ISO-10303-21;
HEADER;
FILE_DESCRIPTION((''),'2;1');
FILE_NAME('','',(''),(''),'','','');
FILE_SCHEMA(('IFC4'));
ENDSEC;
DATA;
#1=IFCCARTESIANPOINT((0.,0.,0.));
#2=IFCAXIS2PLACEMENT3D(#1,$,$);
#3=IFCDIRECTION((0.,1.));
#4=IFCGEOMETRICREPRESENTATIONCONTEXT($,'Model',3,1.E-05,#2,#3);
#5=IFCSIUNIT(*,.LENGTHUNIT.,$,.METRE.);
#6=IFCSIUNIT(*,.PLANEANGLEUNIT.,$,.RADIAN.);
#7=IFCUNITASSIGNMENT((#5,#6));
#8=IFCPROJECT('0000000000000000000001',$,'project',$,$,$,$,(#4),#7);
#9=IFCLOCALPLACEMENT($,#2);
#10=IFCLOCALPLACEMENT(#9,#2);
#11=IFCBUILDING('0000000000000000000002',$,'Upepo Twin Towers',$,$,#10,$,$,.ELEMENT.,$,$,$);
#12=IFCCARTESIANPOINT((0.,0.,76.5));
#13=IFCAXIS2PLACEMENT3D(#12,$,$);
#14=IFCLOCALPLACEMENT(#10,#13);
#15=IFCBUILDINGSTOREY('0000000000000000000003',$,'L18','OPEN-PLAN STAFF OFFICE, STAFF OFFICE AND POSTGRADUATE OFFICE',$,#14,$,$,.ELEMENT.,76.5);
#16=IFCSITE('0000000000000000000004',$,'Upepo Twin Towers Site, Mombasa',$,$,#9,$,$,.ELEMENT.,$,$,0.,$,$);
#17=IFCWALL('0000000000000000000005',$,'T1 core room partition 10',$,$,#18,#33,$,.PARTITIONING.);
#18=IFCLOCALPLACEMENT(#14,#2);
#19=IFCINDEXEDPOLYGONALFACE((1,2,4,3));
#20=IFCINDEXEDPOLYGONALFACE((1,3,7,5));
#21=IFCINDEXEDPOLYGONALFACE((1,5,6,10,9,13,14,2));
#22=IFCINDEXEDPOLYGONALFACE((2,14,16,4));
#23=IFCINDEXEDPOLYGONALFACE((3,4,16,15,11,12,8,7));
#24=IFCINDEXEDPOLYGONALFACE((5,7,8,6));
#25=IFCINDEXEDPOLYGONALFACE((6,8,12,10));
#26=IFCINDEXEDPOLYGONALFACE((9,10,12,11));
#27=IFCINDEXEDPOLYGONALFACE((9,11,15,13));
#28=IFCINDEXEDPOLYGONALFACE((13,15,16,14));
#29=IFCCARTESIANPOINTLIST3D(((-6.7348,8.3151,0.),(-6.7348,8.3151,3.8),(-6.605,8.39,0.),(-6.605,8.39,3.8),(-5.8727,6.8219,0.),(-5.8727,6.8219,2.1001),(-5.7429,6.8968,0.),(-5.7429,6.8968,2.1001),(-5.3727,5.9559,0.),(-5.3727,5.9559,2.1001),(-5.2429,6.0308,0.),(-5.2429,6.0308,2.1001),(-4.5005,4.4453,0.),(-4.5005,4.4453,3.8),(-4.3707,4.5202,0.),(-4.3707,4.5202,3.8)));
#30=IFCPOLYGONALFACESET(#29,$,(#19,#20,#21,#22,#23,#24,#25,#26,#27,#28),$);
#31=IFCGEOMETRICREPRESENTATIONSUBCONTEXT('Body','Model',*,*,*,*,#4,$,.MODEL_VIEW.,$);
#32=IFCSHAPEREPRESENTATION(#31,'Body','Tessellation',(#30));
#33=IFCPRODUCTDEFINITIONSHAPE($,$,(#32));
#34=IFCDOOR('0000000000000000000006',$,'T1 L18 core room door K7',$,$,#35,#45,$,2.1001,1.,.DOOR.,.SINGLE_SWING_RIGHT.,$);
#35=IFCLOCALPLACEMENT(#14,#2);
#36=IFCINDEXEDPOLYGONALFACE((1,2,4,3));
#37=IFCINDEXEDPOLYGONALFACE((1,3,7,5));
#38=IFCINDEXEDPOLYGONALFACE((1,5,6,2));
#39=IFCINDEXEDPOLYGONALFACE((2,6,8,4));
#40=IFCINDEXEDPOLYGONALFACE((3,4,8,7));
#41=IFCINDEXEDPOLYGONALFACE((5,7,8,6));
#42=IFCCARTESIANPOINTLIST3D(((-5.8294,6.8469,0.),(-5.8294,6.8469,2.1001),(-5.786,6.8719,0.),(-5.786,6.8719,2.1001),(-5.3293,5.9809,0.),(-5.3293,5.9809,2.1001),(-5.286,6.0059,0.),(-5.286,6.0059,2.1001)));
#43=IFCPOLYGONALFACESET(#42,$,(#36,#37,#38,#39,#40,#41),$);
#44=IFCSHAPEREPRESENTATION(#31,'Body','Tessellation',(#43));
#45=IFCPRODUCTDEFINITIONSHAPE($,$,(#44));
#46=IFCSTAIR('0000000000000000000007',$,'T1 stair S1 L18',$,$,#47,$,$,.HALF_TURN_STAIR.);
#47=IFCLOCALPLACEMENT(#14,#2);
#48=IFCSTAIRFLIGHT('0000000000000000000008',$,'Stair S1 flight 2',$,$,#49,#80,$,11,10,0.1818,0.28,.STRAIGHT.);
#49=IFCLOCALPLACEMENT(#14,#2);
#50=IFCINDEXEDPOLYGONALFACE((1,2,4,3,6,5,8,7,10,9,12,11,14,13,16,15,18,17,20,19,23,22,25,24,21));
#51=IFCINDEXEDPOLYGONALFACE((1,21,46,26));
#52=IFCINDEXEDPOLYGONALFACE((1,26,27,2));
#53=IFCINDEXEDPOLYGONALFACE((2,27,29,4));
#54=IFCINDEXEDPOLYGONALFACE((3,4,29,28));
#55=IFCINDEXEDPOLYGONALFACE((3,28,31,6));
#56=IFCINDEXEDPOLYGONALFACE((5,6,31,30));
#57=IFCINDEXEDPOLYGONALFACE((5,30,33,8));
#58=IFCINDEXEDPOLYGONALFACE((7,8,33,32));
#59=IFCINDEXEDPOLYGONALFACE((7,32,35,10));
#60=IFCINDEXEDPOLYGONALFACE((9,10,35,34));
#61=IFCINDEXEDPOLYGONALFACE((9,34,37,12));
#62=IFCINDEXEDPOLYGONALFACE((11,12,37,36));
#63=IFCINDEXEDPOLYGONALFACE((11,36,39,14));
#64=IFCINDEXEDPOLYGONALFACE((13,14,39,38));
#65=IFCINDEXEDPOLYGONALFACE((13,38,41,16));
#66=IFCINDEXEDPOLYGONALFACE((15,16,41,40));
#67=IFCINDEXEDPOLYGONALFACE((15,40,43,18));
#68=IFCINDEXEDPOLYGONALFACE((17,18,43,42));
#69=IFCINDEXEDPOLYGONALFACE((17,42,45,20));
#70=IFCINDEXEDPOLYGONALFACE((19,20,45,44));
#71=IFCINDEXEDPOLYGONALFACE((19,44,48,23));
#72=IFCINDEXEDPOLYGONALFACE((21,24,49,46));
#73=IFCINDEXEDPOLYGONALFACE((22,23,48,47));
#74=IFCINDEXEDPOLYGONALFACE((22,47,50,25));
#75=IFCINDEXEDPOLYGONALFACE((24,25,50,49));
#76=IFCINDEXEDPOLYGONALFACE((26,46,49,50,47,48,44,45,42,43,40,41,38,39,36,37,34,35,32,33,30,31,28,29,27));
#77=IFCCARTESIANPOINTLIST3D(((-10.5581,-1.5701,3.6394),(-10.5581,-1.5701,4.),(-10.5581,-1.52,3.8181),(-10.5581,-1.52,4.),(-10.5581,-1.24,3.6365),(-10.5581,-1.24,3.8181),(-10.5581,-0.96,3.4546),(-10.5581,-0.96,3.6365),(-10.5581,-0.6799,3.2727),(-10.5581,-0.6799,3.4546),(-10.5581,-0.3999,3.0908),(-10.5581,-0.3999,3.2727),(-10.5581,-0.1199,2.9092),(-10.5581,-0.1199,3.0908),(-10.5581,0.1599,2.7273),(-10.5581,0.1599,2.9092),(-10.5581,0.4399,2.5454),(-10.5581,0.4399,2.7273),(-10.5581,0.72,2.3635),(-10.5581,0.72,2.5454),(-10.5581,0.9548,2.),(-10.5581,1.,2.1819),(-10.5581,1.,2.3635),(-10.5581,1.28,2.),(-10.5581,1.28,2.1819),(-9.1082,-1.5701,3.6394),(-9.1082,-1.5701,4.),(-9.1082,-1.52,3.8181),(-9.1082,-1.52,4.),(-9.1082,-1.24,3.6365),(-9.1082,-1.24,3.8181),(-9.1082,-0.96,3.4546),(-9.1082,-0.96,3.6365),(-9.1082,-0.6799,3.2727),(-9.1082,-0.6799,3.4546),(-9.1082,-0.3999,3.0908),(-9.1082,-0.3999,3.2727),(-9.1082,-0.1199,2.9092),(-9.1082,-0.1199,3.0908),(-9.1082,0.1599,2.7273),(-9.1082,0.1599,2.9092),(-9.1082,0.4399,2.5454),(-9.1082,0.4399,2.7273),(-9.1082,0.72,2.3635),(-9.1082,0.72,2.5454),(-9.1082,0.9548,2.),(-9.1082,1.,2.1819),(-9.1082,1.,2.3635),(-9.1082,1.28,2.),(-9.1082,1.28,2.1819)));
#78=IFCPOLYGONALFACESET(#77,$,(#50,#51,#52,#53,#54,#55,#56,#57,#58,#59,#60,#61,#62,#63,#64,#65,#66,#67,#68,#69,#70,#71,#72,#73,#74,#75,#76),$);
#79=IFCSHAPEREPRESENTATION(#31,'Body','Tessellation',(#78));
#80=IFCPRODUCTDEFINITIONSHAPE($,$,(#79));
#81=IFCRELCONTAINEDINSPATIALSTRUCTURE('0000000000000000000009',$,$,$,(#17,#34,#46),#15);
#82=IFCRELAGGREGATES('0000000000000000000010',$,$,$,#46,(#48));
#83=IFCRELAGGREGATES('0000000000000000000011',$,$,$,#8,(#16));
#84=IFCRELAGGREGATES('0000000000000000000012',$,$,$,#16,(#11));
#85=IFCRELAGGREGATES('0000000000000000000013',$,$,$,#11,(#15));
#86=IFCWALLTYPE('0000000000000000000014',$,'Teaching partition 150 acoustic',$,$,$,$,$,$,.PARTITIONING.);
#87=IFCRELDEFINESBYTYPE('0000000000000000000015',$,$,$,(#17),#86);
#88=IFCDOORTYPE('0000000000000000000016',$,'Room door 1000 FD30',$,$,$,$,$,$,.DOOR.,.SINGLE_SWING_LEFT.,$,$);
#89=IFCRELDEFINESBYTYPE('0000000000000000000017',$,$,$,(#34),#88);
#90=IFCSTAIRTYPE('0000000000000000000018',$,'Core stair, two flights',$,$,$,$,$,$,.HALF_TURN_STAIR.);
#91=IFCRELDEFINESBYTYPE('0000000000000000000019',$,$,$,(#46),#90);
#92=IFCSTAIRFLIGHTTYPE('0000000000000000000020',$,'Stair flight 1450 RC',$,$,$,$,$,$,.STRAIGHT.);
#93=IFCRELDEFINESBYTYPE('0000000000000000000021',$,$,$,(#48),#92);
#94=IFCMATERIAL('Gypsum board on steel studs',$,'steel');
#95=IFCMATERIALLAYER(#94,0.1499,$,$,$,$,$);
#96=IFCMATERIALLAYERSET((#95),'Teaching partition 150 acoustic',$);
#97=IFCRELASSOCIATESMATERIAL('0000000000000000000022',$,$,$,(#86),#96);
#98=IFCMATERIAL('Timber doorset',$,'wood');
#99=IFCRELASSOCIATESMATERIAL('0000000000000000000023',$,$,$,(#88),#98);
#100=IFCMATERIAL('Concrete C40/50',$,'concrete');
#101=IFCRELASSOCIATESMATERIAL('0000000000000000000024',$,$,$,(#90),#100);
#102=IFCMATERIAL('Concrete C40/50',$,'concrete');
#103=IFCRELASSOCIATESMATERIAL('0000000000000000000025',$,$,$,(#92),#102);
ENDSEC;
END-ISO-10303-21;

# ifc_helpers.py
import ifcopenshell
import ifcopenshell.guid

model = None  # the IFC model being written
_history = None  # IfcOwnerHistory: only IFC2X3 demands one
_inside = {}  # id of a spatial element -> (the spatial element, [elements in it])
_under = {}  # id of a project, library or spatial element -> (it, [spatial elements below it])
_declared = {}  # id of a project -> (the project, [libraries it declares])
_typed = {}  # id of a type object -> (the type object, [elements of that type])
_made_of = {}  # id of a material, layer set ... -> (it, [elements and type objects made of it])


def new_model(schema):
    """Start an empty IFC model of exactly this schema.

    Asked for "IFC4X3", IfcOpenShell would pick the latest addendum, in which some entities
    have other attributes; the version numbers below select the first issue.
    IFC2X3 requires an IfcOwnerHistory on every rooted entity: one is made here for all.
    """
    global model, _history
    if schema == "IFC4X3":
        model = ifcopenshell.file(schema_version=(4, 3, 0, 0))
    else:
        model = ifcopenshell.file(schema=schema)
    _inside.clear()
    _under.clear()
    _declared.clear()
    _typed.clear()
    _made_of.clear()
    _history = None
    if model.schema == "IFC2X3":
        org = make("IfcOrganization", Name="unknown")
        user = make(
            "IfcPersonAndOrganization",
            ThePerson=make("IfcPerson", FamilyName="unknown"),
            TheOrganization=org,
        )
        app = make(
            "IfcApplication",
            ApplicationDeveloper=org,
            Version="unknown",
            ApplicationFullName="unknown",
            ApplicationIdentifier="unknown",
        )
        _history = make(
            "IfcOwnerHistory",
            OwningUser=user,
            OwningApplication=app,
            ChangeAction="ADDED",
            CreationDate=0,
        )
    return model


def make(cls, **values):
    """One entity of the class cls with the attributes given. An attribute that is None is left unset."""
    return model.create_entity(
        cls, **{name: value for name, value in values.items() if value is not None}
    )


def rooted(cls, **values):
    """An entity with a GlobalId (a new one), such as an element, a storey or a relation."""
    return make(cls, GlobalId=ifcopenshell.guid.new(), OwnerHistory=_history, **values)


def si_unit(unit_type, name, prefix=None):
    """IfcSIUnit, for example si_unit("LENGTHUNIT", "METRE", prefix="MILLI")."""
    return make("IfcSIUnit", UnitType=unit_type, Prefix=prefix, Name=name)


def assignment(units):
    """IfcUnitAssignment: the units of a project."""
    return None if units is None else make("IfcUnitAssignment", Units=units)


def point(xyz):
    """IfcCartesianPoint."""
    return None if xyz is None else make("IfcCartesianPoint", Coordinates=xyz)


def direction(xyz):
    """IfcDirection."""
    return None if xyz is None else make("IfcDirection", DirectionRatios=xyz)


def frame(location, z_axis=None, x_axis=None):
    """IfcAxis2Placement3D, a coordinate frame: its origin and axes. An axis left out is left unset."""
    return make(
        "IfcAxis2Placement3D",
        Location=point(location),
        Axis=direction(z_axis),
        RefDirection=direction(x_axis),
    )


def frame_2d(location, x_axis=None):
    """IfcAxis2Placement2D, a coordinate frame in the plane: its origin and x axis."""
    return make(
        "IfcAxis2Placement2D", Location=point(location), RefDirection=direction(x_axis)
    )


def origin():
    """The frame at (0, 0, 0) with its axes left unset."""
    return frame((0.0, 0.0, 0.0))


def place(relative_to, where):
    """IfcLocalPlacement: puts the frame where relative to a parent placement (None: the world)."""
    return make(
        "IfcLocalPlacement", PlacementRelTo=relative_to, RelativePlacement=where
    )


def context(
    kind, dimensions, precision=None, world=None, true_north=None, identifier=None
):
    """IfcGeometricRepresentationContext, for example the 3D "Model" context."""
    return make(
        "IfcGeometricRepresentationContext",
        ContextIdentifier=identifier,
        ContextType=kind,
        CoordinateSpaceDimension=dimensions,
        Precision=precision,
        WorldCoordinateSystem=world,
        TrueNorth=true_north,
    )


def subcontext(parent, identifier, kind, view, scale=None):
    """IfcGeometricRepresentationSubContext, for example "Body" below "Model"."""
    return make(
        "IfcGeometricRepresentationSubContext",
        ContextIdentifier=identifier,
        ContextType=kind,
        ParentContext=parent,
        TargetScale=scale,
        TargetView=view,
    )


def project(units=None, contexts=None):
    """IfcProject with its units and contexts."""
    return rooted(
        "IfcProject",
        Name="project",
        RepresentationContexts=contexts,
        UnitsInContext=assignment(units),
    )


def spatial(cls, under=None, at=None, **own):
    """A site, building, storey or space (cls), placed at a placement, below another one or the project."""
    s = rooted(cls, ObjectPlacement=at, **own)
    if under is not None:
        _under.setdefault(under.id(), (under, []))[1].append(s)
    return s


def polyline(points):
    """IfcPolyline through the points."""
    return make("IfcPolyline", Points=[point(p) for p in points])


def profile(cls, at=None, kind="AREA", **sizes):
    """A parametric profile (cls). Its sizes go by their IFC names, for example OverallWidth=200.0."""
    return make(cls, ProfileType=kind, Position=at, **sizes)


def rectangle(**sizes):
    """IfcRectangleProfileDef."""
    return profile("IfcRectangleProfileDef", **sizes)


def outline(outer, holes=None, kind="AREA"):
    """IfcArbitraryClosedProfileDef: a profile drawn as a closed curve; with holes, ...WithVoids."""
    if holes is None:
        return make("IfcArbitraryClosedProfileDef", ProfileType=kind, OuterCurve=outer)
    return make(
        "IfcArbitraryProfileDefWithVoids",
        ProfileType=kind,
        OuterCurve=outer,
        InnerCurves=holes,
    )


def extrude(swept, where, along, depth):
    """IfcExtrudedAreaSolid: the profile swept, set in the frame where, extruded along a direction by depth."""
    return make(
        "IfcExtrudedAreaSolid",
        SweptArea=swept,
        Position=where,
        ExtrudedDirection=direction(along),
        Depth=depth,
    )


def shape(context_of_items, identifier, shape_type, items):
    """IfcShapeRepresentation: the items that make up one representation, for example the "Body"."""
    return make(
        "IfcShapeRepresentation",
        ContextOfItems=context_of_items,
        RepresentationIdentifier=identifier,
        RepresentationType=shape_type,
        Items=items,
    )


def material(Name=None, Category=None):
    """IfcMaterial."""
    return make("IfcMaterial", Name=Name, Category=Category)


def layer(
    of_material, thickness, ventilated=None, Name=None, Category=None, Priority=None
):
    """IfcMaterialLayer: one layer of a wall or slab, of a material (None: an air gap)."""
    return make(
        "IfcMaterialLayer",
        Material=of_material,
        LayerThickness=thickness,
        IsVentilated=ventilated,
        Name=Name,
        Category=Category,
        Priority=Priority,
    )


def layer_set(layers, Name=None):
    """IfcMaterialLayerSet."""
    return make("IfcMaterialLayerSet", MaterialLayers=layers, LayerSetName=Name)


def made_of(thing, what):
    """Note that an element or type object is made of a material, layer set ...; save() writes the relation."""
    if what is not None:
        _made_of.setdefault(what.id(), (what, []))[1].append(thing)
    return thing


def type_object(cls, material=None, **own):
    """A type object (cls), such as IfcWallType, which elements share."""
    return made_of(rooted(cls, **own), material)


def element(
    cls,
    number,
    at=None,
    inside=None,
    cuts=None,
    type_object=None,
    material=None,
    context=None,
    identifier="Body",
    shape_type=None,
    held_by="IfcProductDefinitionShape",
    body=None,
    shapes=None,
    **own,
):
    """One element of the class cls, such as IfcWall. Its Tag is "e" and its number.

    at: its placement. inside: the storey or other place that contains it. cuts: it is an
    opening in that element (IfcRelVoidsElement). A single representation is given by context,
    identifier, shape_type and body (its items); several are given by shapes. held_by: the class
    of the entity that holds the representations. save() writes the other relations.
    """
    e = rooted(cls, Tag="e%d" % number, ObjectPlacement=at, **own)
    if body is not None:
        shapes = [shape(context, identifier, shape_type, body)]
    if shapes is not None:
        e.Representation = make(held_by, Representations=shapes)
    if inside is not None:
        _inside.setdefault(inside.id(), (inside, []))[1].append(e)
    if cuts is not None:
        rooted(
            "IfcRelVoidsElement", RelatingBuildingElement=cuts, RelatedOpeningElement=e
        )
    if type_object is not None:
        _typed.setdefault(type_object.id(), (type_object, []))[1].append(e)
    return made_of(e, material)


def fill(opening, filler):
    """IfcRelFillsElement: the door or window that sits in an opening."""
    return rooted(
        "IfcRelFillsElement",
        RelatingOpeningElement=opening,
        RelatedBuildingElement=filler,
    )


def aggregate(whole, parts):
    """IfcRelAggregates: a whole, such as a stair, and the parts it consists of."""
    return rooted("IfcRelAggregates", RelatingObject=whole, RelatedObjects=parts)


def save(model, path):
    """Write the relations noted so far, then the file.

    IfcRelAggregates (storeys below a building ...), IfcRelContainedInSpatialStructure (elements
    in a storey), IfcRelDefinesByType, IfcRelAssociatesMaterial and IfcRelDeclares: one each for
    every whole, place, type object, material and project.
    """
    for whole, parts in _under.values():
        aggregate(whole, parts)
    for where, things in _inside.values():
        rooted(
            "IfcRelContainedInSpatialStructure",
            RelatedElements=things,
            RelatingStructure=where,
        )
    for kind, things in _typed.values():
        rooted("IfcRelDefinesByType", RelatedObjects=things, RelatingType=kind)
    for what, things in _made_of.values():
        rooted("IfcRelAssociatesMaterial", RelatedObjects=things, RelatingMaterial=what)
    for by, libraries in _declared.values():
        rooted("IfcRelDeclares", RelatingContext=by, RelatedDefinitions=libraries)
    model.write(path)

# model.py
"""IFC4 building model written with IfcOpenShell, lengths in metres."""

from ifc_helpers import new_model, si_unit, direction, frame, frame_2d, origin, place, context, subcontext, project, spatial, polyline, rectangle, outline, extrude, material, layer, layer_set, type_object, element, fill, aggregate, save


model = new_model("IFC4")

# Units and contexts
model_context = context("Model", 3, precision=1e-05, world=origin(), true_north=direction((0.0, 1.0)))
body_context = subcontext(model_context, "Body", "Model", "MODEL_VIEW")
ifc_project = project(units=[si_unit("LENGTHUNIT", "METRE"), si_unit("PLANEANGLEUNIT", "RADIAN")], contexts=[model_context])

# Site, building, storey
site_placement = place(None, origin())
site = spatial("IfcSite", under=ifc_project, at=site_placement, Name="Upepo Twin Towers Site, Mombasa", CompositionType="ELEMENT", RefElevation=0.0)
building_placement = place(site_placement, origin())
building = spatial("IfcBuilding", under=site, at=building_placement, Name="Upepo Twin Towers", CompositionType="ELEMENT")
storey_placement = place(building_placement, frame((0.0, 0.0, 76.5)))
storey = spatial("IfcBuildingStorey", under=building, at=storey_placement, Name="L18", Description="OPEN-PLAN STAFF OFFICE, STAFF OFFICE AND POSTGRADUATE OFFICE", CompositionType="ELEMENT", Elevation=76.5)

# Shared definitions
ifc_material_1 = material(Name="Gypsum board on steel studs", Category="steel")
ifc_layer_1 = layer(ifc_material_1, 0.1499)
ifc_layer_set_1 = layer_set([ifc_layer_1], Name="Teaching partition 150 acoustic")
wall_type_1 = type_object("IfcWallType", Name="Teaching partition 150 acoustic", PredefinedType="PARTITIONING", material=ifc_layer_set_1)

# Wall, opening, door
wall_1_placement = place(storey_placement, frame((-4.4355, 4.4827, 0.0), z_axis=(0.0, 0.0, 1.0), x_axis=(-0.500017, 0.866015, 0.0)))
wall_1 = element("IfcWall", 1, at=wall_1_placement, inside=storey, type_object=wall_type_1, Name="T1 core room partition 10", PredefinedType="PARTITIONING", context=body_context, shape_type="SweptSolid", body=[
    extrude(rectangle(XDim=4.4685, YDim=0.1499, at=frame_2d((2.2344, 0.0))), origin(), (0.0, 0.0, 1.0), 3.8),
])
opening_1_placement = place(wall_1_placement, frame((1.7444, 0.0, 0.0)))
opening_1 = element("IfcOpeningElement", 2, at=opening_1_placement, cuts=wall_1, PredefinedType="OPENING", context=body_context, shape_type="SweptSolid", body=[
    extrude(rectangle(XDim=1.0, YDim=2.1001, at=frame_2d((0.5, 1.05))), frame((0.0, 0.085, 0.0), z_axis=(0.0, -1.0, 0.0), x_axis=(1.0, 0.0, 0.0)), (0.0, 0.0, 1.0), 0.1699),
])
ifc_material_2 = material(Name="Timber doorset", Category="wood")
door_type_1 = type_object("IfcDoorType", Name="Room door 1000 FD30", OperationType="SINGLE_SWING_LEFT", PredefinedType="DOOR", material=ifc_material_2)
door_1_placement = place(opening_1_placement, origin())
door_1 = element("IfcDoor", 3, at=door_1_placement, inside=storey, type_object=door_type_1, Name="T1 L18 core room door K7", OperationType="SINGLE_SWING_RIGHT", OverallHeight=2.1001, OverallWidth=1.0, PredefinedType="DOOR", context=body_context, shape_type="SweptSolid", body=[
    extrude(rectangle(XDim=1.0, YDim=2.1001, at=frame_2d((0.5, 1.05))), frame((0.0, 0.0249, 0.0), z_axis=(0.0, -1.0, 0.0), x_axis=(1.0, 0.0, 0.0)), (0.0, 0.0, 1.0), 0.05),
])
fill(opening_1, door_1)

# Stair, stair flight
ifc_material_3 = material(Name="Concrete C40/50", Category="concrete")
stair_type = type_object("IfcStairType", Name="Core stair, two flights", PredefinedType="HALF_TURN_STAIR", material=ifc_material_3)
stair_placement = place(storey_placement, origin())
stair = element("IfcStair", 4, at=stair_placement, inside=storey, type_object=stair_type, Name="T1 stair S1 L18", PredefinedType="HALF_TURN_STAIR")
ifc_material_4 = material(Name="Concrete C40/50", Category="concrete")
stair_flight_type = type_object("IfcStairFlightType", Name="Stair flight 1450 RC", PredefinedType="STRAIGHT", material=ifc_material_4)
stair_flight_placement = place(storey_placement, frame((-9.8333, 1.28, 2.0), z_axis=(0.0, 0.0, 1.0), x_axis=(0.0, -1.0, 0.0)))
stair_flight = element("IfcStairFlight", 5, at=stair_flight_placement, type_object=stair_flight_type, Name="Stair S1 flight 2", NumberOfRisers=11, NumberOfTreads=10, PredefinedType="STRAIGHT", RiserHeight=0.1818, TreadLength=0.28, context=body_context, shape_type="SweptSolid", body=[
    extrude(outline(polyline([(0.0, 0.0), (0.0, 0.1819), (0.28, 0.1819), (0.28, 0.3635), (0.5601, 0.3635), (0.5601, 0.5454), (0.8401, 0.5454), (0.8401, 0.7273), (1.1201, 0.7273), (1.1201, 0.9092), (1.3999, 0.9092), (1.3999, 1.0908), (1.6799, 1.0908), (1.6799, 1.2727), (1.96, 1.2727), (1.96, 1.4546), (2.24, 1.4546), (2.24, 1.6365), (2.52, 1.6365), (2.52, 1.8181), (2.8, 1.8181), (2.8, 2.0), (2.8501, 2.0), (2.8501, 1.6394), (0.3252, 0.0), (0.0, 0.0)])), frame((0.0, 0.7251, 0.0), z_axis=(0.0, -1.0, 0.0), x_axis=(1.0, 0.0, 0.0)), (0.0, 0.0, 1.0), 1.45),
])
aggregate(stair, [stair_flight])

save(model, "model.ifc")
